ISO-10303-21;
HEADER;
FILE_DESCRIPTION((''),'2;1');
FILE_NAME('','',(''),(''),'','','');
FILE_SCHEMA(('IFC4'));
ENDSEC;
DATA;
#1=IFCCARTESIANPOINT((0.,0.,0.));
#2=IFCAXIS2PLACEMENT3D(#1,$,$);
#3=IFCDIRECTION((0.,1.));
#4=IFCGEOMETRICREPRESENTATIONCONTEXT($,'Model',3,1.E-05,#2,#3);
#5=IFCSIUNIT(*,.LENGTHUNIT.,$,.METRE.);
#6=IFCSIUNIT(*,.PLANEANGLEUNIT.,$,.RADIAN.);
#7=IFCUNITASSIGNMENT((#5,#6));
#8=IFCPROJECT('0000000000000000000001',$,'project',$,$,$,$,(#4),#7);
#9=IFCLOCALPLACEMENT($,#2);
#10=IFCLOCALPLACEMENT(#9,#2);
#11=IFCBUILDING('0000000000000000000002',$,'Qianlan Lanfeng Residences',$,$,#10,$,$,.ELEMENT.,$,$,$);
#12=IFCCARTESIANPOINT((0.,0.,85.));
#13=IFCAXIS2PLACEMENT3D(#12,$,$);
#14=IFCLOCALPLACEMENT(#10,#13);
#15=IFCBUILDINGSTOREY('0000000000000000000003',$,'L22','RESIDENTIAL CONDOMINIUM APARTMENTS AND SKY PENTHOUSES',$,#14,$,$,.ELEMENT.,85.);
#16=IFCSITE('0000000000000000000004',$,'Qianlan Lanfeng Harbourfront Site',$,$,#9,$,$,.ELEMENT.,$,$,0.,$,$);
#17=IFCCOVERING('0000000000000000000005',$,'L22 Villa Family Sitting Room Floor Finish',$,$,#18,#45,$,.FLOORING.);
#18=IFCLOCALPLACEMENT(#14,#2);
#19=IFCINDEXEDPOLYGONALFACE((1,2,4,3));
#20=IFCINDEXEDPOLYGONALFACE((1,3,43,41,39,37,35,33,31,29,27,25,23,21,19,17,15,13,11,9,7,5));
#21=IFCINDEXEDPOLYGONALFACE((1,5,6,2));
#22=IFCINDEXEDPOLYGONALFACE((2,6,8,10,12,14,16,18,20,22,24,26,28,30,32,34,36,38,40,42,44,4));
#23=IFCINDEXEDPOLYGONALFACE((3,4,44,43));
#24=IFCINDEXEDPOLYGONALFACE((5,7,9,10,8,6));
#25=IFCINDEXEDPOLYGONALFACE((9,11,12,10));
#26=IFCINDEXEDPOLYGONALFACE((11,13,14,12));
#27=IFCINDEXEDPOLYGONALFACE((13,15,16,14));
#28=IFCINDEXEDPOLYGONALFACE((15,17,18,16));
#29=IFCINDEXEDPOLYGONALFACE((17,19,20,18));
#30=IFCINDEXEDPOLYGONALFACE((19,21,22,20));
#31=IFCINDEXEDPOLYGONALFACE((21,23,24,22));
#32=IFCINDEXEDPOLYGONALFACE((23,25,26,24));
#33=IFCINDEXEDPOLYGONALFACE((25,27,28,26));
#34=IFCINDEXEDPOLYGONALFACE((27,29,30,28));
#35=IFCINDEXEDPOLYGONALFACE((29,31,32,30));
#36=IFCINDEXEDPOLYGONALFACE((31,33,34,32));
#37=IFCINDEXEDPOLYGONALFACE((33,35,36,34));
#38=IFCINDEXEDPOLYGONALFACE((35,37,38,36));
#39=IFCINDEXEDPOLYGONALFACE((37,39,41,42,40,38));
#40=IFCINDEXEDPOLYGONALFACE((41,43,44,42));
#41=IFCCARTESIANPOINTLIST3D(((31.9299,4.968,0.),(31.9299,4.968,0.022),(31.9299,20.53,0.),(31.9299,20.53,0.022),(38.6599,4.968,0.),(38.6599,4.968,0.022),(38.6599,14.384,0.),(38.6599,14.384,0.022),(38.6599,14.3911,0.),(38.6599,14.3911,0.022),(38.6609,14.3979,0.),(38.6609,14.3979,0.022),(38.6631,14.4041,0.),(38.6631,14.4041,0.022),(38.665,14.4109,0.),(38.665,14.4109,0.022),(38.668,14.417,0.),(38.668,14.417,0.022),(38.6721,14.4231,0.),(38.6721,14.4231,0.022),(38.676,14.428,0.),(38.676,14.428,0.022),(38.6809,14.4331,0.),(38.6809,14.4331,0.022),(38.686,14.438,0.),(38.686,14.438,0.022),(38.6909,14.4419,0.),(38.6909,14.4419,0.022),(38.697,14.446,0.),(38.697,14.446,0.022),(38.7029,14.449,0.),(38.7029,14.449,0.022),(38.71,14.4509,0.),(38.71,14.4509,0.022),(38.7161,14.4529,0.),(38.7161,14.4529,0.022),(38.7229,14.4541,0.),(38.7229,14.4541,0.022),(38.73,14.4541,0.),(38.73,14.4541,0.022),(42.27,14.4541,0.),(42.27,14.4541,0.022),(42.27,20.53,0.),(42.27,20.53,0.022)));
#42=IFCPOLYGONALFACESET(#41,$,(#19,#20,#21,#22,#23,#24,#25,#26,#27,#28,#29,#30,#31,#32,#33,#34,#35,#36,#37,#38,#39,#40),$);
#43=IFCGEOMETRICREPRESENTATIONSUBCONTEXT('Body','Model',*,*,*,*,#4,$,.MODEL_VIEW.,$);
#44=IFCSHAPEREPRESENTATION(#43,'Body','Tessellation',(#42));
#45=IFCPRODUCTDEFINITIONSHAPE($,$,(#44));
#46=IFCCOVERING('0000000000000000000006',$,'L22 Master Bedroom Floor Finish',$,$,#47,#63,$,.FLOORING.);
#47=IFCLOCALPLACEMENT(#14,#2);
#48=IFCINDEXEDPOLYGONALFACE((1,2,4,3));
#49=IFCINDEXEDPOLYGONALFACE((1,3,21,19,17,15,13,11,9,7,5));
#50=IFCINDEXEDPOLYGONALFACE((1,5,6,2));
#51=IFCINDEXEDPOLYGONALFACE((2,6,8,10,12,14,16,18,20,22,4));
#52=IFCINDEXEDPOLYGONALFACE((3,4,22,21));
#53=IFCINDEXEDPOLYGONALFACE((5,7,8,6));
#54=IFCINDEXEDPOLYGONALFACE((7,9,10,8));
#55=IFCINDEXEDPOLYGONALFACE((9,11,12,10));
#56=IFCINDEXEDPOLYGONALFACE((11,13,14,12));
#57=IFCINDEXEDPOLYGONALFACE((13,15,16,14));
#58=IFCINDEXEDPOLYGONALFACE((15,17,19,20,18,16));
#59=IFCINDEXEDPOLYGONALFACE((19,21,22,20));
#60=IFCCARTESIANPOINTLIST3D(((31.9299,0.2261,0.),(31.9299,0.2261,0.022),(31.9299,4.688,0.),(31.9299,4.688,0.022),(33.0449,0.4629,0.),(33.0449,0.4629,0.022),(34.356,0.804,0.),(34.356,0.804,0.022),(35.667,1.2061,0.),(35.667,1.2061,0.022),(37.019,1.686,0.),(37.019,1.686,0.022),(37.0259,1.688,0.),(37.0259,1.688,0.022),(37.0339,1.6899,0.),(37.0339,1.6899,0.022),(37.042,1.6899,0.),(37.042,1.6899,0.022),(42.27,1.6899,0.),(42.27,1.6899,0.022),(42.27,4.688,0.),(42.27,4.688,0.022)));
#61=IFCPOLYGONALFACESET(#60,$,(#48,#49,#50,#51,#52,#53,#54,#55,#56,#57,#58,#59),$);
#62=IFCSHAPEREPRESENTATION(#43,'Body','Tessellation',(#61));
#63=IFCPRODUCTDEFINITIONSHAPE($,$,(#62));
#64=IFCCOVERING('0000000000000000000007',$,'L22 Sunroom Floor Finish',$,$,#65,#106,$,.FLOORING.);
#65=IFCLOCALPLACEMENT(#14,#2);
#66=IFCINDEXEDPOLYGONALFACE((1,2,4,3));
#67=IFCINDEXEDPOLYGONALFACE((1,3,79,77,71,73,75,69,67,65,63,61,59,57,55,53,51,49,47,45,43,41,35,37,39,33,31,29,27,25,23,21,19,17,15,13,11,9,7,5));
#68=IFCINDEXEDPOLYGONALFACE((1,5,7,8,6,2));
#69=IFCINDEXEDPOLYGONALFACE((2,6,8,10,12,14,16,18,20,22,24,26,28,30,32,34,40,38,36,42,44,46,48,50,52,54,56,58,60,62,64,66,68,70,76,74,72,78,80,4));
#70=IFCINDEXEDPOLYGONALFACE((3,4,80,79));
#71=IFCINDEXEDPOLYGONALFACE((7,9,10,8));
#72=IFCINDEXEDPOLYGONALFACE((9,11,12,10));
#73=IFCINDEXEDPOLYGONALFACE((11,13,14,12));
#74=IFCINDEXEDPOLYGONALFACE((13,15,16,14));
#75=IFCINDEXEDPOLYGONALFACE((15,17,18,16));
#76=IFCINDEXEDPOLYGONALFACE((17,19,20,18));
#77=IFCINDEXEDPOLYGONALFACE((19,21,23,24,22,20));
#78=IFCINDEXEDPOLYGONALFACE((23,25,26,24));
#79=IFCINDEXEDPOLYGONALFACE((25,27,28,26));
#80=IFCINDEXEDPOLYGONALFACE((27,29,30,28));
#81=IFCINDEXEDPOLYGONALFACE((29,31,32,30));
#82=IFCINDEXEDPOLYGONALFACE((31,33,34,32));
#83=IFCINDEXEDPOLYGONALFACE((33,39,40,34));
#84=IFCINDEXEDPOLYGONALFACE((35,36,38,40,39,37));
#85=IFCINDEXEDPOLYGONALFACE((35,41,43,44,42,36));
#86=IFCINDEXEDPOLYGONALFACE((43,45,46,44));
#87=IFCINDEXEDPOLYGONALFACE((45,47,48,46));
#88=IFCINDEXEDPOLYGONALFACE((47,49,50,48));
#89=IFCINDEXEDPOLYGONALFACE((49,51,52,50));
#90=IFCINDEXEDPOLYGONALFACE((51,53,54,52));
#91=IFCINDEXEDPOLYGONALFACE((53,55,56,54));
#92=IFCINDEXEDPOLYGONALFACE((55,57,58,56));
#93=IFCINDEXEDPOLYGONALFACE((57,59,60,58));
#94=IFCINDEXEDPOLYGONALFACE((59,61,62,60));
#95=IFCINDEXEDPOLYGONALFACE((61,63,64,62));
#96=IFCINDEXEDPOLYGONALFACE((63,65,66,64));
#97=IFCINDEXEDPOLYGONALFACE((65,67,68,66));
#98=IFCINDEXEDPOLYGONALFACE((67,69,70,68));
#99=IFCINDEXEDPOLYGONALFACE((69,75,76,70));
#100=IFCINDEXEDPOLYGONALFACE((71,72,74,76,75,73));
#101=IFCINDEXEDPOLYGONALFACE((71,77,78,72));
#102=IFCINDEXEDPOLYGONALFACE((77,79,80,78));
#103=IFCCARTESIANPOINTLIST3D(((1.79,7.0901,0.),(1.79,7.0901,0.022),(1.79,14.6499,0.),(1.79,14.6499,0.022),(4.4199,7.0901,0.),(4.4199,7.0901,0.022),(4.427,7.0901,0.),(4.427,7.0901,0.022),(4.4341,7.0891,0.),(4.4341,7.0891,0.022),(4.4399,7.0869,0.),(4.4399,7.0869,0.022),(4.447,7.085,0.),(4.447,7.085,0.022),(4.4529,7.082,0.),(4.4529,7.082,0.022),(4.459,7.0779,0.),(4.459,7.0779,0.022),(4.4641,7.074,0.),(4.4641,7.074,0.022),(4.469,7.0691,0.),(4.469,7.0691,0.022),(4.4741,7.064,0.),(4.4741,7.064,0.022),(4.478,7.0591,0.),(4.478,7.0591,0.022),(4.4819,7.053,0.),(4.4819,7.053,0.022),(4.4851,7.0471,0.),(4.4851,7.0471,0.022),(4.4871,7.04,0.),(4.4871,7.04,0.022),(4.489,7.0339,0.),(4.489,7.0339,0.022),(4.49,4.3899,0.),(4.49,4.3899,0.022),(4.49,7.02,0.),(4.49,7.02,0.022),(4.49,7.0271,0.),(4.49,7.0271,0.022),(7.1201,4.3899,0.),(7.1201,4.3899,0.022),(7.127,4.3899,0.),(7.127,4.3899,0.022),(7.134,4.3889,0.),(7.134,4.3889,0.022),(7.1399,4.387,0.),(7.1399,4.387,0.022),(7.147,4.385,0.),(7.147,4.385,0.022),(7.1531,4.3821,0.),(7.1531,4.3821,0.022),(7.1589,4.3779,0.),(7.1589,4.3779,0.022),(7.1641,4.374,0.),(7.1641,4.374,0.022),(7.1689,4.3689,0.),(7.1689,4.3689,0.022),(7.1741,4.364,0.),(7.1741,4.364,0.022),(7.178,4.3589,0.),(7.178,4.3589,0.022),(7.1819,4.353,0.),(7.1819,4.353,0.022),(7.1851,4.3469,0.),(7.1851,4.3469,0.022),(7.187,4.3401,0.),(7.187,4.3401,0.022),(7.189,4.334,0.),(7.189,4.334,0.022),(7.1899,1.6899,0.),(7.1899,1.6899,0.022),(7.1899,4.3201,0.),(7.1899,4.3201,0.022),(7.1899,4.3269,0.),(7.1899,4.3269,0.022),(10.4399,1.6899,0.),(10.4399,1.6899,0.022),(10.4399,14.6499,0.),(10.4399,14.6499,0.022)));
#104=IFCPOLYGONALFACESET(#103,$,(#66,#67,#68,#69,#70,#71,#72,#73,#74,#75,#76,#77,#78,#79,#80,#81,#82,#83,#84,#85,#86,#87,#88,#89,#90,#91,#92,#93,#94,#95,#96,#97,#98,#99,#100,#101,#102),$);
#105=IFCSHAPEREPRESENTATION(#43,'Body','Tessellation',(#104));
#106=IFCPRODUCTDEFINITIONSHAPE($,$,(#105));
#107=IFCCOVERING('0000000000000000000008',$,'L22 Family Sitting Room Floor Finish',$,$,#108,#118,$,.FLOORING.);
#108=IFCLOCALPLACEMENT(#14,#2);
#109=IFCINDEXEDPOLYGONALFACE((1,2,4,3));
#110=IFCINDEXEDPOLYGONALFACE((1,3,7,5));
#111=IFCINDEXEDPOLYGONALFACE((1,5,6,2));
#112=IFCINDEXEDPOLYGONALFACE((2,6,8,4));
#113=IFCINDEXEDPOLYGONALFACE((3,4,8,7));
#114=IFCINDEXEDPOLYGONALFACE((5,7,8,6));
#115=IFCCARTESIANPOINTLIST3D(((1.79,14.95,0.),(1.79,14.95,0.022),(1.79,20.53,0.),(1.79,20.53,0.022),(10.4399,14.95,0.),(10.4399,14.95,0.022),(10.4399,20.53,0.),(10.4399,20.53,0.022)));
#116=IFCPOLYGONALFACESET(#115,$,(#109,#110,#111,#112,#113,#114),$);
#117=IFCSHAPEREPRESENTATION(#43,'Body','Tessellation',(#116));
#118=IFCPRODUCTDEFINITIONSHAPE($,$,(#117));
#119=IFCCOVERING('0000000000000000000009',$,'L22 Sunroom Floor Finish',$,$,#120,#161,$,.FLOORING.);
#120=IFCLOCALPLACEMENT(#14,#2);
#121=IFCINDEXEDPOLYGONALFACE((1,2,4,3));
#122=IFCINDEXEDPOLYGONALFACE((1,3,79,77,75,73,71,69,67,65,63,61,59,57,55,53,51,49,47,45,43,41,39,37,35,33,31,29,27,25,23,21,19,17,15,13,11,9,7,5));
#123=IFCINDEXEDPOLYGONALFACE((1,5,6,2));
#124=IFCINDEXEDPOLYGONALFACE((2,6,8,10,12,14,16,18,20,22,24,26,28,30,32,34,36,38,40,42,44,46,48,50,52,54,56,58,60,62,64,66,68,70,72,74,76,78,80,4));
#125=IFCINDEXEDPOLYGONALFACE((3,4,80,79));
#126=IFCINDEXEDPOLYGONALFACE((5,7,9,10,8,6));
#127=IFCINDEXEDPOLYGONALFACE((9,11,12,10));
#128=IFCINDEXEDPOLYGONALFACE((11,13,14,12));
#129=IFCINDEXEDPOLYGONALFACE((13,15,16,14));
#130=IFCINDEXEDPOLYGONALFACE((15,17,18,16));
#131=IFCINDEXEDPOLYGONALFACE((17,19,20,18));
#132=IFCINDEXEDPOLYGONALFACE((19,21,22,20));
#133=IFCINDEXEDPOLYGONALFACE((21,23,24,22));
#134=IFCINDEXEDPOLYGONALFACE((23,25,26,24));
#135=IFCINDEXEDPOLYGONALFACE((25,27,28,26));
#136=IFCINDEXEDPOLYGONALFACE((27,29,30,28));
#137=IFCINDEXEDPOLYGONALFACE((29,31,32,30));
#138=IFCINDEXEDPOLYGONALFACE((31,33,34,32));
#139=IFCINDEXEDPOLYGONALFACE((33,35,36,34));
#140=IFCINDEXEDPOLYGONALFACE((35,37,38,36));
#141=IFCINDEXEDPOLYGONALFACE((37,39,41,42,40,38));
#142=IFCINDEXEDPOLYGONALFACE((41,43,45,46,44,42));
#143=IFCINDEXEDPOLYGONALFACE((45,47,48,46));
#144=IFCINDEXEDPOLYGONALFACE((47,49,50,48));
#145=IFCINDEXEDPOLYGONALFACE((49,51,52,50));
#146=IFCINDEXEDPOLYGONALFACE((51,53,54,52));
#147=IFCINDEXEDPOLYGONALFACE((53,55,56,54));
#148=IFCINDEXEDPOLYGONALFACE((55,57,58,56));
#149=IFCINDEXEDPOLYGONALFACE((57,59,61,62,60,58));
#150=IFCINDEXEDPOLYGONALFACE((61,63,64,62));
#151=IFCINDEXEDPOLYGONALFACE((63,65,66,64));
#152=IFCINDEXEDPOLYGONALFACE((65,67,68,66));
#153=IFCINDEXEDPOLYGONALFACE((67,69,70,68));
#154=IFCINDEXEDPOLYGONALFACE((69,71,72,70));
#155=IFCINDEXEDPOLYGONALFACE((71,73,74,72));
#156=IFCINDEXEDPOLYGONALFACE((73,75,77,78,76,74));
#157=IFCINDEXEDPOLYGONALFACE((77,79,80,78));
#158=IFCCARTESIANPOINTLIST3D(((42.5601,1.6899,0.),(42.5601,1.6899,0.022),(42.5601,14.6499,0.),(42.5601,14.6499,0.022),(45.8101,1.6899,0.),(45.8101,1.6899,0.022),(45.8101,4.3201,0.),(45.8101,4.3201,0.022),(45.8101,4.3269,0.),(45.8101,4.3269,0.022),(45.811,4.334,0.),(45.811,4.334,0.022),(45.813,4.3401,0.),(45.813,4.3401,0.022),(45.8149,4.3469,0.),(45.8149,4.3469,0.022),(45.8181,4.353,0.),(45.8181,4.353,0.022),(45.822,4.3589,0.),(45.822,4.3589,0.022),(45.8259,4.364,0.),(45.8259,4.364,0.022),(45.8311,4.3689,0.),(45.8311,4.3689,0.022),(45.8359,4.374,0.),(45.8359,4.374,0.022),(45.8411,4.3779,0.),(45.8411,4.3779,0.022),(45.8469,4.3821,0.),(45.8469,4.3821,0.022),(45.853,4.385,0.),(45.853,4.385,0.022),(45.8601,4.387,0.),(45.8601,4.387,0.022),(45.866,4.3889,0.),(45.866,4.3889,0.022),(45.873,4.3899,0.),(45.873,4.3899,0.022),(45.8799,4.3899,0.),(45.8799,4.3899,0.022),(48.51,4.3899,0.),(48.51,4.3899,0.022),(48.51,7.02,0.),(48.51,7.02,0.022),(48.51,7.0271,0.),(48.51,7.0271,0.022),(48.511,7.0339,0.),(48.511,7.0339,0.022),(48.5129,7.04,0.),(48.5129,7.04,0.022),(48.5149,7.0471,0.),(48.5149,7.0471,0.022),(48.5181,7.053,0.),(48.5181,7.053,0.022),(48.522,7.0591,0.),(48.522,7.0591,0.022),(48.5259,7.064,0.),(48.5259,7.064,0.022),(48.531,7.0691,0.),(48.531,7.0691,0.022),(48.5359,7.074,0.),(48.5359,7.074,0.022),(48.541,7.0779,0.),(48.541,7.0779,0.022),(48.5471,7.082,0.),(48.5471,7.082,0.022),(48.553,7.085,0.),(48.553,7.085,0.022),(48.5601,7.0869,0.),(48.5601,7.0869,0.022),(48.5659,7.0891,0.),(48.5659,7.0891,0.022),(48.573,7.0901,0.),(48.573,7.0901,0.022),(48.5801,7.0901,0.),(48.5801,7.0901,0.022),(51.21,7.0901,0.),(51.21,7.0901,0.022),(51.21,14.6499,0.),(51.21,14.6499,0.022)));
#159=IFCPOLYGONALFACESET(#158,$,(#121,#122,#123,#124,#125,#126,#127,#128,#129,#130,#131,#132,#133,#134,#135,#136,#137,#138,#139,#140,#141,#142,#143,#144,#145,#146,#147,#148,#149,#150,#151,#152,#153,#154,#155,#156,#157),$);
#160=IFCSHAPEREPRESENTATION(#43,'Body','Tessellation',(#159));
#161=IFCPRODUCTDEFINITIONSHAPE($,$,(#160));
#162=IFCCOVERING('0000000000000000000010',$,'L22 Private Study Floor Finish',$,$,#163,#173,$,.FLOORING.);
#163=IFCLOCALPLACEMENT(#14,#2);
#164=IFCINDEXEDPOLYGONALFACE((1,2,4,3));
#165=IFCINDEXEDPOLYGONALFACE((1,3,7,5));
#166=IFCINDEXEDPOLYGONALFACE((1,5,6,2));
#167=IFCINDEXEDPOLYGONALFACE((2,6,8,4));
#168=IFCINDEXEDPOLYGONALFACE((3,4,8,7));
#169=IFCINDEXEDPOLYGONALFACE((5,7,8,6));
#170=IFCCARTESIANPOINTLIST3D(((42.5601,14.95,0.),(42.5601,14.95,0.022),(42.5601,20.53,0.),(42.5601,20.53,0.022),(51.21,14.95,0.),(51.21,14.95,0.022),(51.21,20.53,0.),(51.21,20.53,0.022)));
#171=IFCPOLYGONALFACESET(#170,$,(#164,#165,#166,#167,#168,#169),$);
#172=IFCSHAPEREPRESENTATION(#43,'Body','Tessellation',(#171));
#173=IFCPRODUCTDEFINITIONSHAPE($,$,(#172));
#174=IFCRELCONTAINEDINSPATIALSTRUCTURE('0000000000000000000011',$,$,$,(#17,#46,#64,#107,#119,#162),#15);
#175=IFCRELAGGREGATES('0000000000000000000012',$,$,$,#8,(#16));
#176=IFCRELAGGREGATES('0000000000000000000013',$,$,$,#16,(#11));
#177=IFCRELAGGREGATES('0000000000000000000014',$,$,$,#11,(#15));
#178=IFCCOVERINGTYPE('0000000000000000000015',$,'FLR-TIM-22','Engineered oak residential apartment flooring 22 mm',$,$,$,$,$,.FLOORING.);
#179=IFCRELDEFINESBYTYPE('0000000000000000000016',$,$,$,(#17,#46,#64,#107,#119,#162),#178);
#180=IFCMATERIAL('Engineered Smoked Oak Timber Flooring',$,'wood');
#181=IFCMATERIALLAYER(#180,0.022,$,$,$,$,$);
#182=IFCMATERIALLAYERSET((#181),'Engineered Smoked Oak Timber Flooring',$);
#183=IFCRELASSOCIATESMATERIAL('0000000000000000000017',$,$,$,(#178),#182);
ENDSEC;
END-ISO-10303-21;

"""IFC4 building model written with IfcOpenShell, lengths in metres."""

from ifc_helpers import new_model, si_unit, direction, frame, origin, place, context, subcontext, project, spatial, polyline, outline, extrude, material, layer, layer_set, type_object, element, save


model = new_model("IFC4")

# Units and contexts
model_context = context("Model", 3, precision=1e-05, world=origin(), true_north=direction((0.0, 1.0)))
body_context = subcontext(model_context, "Body", "Model", "MODEL_VIEW")
ifc_project = project(units=[si_unit("LENGTHUNIT", "METRE"), si_unit("PLANEANGLEUNIT", "RADIAN")], contexts=[model_context])

# Site, building, storey
site_placement = place(None, origin())
site = spatial("IfcSite", under=ifc_project, at=site_placement, Name="Qianlan Lanfeng Harbourfront Site", CompositionType="ELEMENT", RefElevation=0.0)
building_placement = place(site_placement, origin())
building = spatial("IfcBuilding", under=site, at=building_placement, Name="Qianlan Lanfeng Residences", CompositionType="ELEMENT")
storey_placement = place(building_placement, frame((0.0, 0.0, 85.0)))
storey = spatial("IfcBuildingStorey", under=building, at=storey_placement, Name="L22", Description="RESIDENTIAL CONDOMINIUM APARTMENTS AND SKY PENTHOUSES", CompositionType="ELEMENT", Elevation=85.0)

# Coverings
ifc_material_1 = material(Name="Engineered Smoked Oak Timber Flooring", Category="wood")
ifc_layer_1 = layer(ifc_material_1, 0.022)
ifc_layer_set_1 = layer_set([ifc_layer_1], Name="Engineered Smoked Oak Timber Flooring")
covering_type_1 = type_object("IfcCoveringType", Name="FLR-TIM-22", Description="Engineered oak residential apartment flooring 22 mm", PredefinedType="FLOORING", material=ifc_layer_set_1)
covering_1_placement = place(storey_placement, origin())
element("IfcCovering", 1, at=covering_1_placement, inside=storey, type_object=covering_type_1, Name="L22 Villa Family Sitting Room Floor Finish", PredefinedType="FLOORING", context=body_context, shape_type="SweptSolid", body=[
    extrude(outline(polyline([(31.9299, 4.968), (38.6599, 4.968), (38.6599, 14.384), (38.6599, 14.3911), (38.6609, 14.3979), (38.6631, 14.4041), (38.665, 14.4109), (38.668, 14.417), (38.6721, 14.4231), (38.676, 14.428), (38.6809, 14.4331), (38.686, 14.438), (38.6909, 14.4419), (38.697, 14.446), (38.7029, 14.449), (38.71, 14.4509), (38.7161, 14.4529), (38.7229, 14.4541), (38.73, 14.4541), (42.27, 14.4541), (42.27, 20.53), (31.9299, 20.53), (31.9299, 4.968)])), origin(), (0.0, 0.0, 1.0), 0.022),
])
covering_2_placement = place(storey_placement, origin())
element("IfcCovering", 2, at=covering_2_placement, inside=storey, type_object=covering_type_1, Name="L22 Master Bedroom Floor Finish", PredefinedType="FLOORING", context=body_context, shape_type="SweptSolid", body=[
    extrude(outline(polyline([(31.9299, 4.688), (31.9299, 0.2261), (33.0449, 0.4629), (34.356, 0.804), (35.667, 1.2061), (37.019, 1.686), (37.0259, 1.688), (37.0339, 1.6899), (37.042, 1.6899), (42.27, 1.6899), (42.27, 4.688), (31.9299, 4.688)])), origin(), (0.0, 0.0, 1.0), 0.022),
])
covering_3_placement = place(storey_placement, origin())
element("IfcCovering", 3, at=covering_3_placement, inside=storey, type_object=covering_type_1, Name="L22 Sunroom Floor Finish", PredefinedType="FLOORING", context=body_context, shape_type="SweptSolid", body=[
    extrude(outline(polyline([(10.4399, 14.6499), (1.79, 14.6499), (1.79, 7.0901), (4.4199, 7.0901), (4.427, 7.0901), (4.4341, 7.0891), (4.4399, 7.0869), (4.447, 7.085), (4.4529, 7.082), (4.459, 7.0779), (4.4641, 7.074), (4.469, 7.0691), (4.4741, 7.064), (4.478, 7.0591), (4.4819, 7.053), (4.4851, 7.0471), (4.4871, 7.04), (4.489, 7.0339), (4.49, 7.0271), (4.49, 7.02), (4.49, 4.3899), (7.1201, 4.3899), (7.127, 4.3899), (7.134, 4.3889), (7.1399, 4.387), (7.147, 4.385), (7.1531, 4.3821), (7.1589, 4.3779), (7.1641, 4.374), (7.1689, 4.3689), (7.1741, 4.364), (7.178, 4.3589), (7.1819, 4.353), (7.1851, 4.3469), (7.187, 4.3401), (7.189, 4.334), (7.1899, 4.3269), (7.1899, 4.3201), (7.1899, 1.6899), (10.4399, 1.6899), (10.4399, 14.6499)])), origin(), (0.0, 0.0, 1.0), 0.022),
])
covering_4_placement = place(storey_placement, origin())
element("IfcCovering", 4, at=covering_4_placement, inside=storey, type_object=covering_type_1, Name="L22 Family Sitting Room Floor Finish", PredefinedType="FLOORING", context=body_context, shape_type="SweptSolid", body=[
    extrude(outline(polyline([(10.4399, 20.53), (1.79, 20.53), (1.79, 14.95), (10.4399, 14.95), (10.4399, 20.53)])), origin(), (0.0, 0.0, 1.0), 0.022),
])
covering_5_placement = place(storey_placement, origin())
element("IfcCovering", 5, at=covering_5_placement, inside=storey, type_object=covering_type_1, Name="L22 Sunroom Floor Finish", PredefinedType="FLOORING", context=body_context, shape_type="SweptSolid", body=[
    extrude(outline(polyline([(51.21, 14.6499), (42.5601, 14.6499), (42.5601, 1.6899), (45.8101, 1.6899), (45.8101, 4.3201), (45.8101, 4.3269), (45.811, 4.334), (45.813, 4.3401), (45.8149, 4.3469), (45.8181, 4.353), (45.822, 4.3589), (45.8259, 4.364), (45.8311, 4.3689), (45.8359, 4.374), (45.8411, 4.3779), (45.8469, 4.3821), (45.853, 4.385), (45.8601, 4.387), (45.866, 4.3889), (45.873, 4.3899), (45.8799, 4.3899), (48.51, 4.3899), (48.51, 7.02), (48.51, 7.0271), (48.511, 7.0339), (48.5129, 7.04), (48.5149, 7.0471), (48.5181, 7.053), (48.522, 7.0591), (48.5259, 7.064), (48.531, 7.0691), (48.5359, 7.074), (48.541, 7.0779), (48.5471, 7.082), (48.553, 7.085), (48.5601, 7.0869), (48.5659, 7.0891), (48.573, 7.0901), (48.5801, 7.0901), (51.21, 7.0901), (51.21, 14.6499)])), origin(), (0.0, 0.0, 1.0), 0.022),
])
covering_6_placement = place(storey_placement, origin())
element("IfcCovering", 6, at=covering_6_placement, inside=storey, type_object=covering_type_1, Name="L22 Private Study Floor Finish", PredefinedType="FLOORING", context=body_context, shape_type="SweptSolid", body=[
    extrude(outline(polyline([(51.21, 20.53), (42.5601, 20.53), (42.5601, 14.95), (51.21, 14.95), (51.21, 20.53)])), origin(), (0.0, 0.0, 1.0), 0.022),
])

save(model, "model.ifc")
